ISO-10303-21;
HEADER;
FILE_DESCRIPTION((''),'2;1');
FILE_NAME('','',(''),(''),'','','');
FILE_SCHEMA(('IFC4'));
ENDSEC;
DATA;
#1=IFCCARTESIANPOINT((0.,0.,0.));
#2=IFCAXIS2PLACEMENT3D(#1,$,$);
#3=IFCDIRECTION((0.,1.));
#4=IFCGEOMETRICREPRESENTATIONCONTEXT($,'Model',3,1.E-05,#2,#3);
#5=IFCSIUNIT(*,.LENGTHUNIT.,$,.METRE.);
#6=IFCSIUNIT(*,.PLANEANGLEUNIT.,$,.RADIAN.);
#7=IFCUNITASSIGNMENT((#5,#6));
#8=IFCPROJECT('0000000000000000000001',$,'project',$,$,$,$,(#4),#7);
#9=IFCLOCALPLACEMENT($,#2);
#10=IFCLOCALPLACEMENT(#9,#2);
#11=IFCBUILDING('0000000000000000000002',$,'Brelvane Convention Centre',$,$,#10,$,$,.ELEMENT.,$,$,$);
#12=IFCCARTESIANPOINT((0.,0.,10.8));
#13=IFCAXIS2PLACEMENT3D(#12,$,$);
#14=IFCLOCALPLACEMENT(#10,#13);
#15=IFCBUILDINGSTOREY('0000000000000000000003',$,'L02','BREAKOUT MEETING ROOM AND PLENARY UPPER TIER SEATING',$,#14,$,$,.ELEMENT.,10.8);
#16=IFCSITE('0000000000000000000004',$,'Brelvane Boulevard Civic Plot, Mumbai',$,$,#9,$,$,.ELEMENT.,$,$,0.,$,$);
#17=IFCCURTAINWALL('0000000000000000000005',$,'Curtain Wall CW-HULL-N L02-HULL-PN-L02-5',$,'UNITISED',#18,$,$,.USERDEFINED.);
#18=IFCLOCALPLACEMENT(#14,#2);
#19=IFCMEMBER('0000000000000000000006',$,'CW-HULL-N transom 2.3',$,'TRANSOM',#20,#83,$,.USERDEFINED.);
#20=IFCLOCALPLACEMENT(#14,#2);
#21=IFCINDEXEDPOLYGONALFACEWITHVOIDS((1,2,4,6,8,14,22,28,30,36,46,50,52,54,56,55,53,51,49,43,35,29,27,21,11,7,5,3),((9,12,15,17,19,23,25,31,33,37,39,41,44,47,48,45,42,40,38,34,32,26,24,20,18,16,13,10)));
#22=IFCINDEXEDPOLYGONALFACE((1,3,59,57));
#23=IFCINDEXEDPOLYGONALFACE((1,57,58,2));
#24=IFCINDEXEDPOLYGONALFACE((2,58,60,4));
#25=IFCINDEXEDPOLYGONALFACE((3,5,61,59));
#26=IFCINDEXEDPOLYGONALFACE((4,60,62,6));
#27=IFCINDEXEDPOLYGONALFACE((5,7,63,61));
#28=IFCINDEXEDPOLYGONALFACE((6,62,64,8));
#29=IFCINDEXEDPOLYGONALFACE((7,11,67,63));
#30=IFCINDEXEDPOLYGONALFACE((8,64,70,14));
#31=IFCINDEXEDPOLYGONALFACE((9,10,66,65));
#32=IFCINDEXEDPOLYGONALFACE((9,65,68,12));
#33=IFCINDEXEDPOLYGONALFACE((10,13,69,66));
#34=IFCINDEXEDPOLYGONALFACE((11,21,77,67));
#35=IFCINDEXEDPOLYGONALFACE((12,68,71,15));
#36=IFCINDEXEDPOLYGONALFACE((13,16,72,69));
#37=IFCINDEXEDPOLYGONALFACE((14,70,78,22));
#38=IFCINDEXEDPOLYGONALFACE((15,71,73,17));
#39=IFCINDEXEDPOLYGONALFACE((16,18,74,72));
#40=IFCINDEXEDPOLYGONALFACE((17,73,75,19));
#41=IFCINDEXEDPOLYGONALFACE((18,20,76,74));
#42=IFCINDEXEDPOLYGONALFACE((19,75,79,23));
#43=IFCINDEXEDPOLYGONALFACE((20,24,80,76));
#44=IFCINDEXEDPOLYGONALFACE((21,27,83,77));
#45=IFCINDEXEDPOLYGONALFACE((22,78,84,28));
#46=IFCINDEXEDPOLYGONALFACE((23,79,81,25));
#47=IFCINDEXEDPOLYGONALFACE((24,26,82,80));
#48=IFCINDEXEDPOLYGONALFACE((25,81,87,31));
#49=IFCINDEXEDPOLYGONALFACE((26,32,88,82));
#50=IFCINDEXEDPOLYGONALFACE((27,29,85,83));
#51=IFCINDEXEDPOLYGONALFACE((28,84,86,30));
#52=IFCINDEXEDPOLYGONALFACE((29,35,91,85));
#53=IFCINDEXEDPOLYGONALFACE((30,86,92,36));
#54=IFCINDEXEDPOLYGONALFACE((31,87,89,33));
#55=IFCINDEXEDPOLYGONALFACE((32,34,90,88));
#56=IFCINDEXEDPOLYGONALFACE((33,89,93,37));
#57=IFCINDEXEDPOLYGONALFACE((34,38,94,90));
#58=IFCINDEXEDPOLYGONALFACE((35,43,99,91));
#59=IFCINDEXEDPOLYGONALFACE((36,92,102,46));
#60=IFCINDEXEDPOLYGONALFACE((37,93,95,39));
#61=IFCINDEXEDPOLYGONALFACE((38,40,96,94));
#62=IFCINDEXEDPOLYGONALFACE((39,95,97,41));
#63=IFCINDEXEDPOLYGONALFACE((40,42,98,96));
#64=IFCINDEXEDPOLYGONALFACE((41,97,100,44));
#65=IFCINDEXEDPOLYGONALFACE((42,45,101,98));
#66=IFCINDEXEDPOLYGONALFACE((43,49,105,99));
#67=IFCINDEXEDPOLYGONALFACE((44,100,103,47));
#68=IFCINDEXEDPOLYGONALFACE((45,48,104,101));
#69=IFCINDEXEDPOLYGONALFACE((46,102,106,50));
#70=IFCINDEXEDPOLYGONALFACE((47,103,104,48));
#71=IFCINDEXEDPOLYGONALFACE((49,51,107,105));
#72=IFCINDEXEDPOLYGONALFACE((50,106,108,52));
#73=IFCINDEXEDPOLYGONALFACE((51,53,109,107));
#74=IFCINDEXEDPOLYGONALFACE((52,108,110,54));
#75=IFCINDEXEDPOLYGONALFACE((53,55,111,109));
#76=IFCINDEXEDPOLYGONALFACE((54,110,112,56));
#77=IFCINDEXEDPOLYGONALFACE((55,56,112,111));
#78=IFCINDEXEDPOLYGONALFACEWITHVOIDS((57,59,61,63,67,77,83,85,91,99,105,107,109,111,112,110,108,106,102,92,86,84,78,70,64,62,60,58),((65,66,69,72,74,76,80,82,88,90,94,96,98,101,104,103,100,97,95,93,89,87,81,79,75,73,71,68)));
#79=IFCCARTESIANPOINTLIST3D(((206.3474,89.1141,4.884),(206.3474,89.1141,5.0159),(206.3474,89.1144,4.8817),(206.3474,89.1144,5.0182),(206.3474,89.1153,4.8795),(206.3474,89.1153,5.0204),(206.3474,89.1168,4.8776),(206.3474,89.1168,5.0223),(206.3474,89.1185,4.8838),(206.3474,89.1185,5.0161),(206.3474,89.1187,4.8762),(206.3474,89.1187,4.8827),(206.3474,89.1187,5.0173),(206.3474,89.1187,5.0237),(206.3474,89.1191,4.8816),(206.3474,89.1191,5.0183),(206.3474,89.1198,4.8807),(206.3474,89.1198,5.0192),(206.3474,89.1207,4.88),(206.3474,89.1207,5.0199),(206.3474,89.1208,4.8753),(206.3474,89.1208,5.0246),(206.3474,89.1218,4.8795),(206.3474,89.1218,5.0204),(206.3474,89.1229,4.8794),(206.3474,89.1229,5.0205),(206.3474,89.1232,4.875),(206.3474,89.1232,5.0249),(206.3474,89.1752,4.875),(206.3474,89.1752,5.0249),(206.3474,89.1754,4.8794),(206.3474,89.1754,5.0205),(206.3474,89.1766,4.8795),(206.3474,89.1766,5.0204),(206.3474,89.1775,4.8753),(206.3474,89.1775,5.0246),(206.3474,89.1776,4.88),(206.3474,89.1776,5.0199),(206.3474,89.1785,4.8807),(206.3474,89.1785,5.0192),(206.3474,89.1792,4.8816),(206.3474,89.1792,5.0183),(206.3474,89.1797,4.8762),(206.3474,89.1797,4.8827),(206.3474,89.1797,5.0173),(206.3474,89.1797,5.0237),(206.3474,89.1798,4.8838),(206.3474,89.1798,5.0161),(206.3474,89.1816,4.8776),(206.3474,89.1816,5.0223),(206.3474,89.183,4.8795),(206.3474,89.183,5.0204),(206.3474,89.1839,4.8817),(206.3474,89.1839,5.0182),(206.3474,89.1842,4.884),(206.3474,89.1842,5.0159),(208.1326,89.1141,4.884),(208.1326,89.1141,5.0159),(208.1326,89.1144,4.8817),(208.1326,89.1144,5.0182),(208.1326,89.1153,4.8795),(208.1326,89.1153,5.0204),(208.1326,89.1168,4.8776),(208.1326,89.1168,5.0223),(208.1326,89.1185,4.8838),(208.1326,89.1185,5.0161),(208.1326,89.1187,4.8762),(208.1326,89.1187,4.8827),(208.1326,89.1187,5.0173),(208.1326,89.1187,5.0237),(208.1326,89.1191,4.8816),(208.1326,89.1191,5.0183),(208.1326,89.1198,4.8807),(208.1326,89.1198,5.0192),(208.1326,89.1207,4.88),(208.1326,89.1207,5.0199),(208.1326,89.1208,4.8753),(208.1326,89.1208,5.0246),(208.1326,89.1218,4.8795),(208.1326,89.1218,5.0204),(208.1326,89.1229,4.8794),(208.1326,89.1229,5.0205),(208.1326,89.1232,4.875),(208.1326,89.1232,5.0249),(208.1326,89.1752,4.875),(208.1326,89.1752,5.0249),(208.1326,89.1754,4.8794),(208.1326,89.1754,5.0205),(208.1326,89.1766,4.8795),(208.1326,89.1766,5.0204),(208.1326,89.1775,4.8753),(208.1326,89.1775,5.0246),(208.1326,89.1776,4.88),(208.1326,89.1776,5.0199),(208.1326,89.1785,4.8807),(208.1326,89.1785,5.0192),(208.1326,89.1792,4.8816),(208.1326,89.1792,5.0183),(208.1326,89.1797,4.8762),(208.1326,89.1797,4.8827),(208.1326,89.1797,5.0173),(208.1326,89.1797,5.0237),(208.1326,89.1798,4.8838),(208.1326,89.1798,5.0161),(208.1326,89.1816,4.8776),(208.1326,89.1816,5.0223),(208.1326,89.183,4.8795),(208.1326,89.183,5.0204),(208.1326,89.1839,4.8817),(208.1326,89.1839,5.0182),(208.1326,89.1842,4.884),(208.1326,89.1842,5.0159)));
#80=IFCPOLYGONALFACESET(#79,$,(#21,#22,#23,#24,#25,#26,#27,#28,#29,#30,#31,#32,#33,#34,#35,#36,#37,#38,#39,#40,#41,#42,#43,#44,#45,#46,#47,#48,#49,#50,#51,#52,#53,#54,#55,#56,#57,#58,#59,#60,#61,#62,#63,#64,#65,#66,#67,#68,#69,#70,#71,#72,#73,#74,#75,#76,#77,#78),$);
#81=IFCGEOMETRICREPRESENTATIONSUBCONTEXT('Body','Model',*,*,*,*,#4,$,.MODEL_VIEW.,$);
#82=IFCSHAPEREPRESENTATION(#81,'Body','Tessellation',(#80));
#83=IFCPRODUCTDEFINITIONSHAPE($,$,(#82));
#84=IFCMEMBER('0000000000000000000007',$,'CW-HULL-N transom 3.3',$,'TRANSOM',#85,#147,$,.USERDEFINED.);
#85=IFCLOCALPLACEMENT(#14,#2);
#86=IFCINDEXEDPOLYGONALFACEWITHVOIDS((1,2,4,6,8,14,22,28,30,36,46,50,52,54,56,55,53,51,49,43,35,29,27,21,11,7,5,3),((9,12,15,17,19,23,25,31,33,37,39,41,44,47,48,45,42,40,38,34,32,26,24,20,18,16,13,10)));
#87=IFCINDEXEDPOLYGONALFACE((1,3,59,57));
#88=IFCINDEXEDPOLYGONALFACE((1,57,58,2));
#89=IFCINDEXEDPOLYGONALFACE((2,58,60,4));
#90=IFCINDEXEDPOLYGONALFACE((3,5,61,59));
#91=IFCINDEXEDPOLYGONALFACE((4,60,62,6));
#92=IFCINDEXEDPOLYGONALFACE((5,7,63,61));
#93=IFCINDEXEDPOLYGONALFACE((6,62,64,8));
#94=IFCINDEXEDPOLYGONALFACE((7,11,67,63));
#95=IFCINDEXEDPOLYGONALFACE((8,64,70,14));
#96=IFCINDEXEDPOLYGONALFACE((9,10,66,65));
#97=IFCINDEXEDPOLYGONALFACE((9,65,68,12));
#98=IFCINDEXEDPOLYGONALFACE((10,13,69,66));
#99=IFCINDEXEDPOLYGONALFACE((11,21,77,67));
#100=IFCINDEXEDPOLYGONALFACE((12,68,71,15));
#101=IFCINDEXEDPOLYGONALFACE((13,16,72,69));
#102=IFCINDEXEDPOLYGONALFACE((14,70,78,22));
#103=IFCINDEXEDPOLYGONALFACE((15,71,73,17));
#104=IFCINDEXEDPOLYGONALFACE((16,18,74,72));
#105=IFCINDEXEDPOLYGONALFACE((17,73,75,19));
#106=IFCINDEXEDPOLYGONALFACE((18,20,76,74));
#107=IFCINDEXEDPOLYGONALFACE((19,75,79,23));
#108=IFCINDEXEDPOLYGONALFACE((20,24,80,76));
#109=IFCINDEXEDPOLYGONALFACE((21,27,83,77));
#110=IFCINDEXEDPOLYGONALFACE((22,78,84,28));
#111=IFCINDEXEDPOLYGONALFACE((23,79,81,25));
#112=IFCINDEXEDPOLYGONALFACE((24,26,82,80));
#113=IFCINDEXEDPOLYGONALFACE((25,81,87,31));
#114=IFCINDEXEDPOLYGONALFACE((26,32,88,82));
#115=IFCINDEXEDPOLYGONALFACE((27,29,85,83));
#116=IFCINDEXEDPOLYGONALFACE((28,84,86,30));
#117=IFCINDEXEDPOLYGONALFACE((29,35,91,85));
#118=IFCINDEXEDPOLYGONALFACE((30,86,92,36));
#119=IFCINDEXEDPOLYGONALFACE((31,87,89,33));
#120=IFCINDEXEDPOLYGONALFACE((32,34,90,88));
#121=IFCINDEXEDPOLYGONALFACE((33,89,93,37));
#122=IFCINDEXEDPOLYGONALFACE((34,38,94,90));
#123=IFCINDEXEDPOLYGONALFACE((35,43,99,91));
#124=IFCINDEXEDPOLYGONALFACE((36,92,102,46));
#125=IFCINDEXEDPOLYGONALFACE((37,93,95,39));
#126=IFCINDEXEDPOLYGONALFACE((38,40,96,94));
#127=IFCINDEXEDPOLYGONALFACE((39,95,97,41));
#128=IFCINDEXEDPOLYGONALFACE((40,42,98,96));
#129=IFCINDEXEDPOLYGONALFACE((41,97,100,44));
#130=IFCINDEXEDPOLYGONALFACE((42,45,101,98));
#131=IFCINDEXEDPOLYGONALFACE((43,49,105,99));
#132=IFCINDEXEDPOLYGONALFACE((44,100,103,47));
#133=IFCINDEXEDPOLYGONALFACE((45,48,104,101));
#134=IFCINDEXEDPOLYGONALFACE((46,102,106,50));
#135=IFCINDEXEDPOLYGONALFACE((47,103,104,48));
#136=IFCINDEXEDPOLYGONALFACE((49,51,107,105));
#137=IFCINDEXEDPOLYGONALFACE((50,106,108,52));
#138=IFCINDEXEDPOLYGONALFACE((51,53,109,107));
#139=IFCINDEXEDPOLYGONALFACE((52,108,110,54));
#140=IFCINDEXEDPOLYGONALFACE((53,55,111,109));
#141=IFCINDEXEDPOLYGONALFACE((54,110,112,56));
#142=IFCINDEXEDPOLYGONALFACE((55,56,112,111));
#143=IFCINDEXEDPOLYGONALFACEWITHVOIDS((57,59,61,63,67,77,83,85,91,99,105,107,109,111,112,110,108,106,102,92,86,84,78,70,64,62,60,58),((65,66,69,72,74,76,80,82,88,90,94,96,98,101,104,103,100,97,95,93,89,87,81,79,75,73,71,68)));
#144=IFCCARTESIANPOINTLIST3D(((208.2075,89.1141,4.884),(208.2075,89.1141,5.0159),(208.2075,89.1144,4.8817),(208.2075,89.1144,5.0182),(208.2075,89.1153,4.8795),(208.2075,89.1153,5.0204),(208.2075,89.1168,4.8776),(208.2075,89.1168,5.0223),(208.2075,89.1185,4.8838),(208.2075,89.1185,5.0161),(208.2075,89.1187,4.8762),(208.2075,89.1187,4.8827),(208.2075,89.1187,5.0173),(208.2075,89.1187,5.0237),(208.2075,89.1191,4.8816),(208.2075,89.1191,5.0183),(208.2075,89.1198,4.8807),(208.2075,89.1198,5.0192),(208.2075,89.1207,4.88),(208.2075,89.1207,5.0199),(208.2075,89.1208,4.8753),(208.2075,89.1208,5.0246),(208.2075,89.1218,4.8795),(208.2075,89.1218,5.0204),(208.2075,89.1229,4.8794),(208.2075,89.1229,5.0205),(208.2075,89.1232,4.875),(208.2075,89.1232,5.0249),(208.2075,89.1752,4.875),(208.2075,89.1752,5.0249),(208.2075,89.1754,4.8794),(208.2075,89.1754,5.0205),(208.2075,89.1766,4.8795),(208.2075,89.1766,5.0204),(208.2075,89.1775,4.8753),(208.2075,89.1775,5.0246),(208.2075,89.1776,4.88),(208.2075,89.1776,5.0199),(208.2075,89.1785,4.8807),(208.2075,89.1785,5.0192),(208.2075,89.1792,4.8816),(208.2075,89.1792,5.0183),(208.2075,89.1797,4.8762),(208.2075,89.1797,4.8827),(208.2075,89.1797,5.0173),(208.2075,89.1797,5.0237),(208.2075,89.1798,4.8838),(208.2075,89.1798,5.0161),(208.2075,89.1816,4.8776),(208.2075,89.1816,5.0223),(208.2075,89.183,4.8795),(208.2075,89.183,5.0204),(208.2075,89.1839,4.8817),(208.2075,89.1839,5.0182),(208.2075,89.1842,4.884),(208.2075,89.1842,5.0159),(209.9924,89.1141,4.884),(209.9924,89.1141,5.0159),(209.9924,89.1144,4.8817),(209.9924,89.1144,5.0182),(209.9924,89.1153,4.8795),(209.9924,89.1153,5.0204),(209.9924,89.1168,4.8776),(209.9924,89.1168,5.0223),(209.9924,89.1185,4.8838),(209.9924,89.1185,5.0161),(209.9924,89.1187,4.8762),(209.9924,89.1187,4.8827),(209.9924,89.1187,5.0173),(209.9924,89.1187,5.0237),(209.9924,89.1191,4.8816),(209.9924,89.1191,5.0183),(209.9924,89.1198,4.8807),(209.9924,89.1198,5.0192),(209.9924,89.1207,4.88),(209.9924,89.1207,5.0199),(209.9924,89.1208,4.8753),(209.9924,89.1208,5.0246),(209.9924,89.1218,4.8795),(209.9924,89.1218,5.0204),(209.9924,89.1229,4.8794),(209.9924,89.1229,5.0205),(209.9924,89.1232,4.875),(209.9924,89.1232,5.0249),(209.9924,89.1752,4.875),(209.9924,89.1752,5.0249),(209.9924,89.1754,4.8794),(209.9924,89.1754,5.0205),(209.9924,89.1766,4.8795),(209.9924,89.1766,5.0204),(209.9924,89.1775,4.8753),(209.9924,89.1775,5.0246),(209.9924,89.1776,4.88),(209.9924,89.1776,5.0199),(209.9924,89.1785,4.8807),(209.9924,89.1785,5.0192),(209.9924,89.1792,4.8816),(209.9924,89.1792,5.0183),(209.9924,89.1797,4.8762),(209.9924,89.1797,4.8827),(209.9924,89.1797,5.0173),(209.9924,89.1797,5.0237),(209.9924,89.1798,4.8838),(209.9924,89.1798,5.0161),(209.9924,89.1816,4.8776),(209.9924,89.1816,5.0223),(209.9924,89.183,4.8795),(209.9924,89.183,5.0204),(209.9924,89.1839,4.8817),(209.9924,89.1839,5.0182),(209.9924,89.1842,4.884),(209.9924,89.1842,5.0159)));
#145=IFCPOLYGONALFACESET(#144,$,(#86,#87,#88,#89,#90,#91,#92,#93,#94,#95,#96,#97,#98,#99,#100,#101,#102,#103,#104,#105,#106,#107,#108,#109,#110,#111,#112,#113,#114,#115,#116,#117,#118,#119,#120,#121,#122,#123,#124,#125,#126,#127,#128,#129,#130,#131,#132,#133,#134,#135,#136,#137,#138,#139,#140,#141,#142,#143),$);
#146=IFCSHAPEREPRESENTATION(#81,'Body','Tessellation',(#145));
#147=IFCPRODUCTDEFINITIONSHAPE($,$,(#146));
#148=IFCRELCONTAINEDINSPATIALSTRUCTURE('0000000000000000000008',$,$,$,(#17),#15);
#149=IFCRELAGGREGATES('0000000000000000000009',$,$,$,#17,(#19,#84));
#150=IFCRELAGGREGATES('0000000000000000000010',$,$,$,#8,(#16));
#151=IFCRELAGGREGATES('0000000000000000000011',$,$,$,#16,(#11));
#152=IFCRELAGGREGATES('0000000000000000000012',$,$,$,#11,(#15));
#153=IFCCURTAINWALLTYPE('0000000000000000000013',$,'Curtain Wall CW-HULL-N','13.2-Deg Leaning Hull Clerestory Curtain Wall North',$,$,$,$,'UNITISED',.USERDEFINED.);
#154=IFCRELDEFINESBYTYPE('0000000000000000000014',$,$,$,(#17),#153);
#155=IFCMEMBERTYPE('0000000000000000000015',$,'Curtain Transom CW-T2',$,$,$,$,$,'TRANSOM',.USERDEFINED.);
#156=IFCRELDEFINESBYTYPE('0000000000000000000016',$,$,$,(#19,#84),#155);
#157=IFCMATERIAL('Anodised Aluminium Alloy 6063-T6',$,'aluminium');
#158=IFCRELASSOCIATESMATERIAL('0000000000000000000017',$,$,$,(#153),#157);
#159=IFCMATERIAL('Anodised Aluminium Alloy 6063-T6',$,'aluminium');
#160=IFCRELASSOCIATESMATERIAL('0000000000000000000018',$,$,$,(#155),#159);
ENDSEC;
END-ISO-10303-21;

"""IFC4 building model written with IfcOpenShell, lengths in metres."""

from ifc_helpers import new_model, si_unit, direction, frame, origin, origin_2d, place, context, subcontext, project, spatial, hollow_rectangle, extrude, material, material_profile, profile_set, type_object, element, aggregate, save


model = new_model("IFC4")

# Units and contexts
model_context = context("Model", 3, precision=1e-05, world=origin(), true_north=direction((0.0, 1.0)))
body_context = subcontext(model_context, "Body", "Model", "MODEL_VIEW")
ifc_project = project(units=[si_unit("LENGTHUNIT", "METRE"), si_unit("PLANEANGLEUNIT", "RADIAN")], contexts=[model_context])

# Site, building, storey
site_placement = place(None, origin())
site = spatial("IfcSite", under=ifc_project, at=site_placement, Name="Brelvane Boulevard Civic Plot, Mumbai", CompositionType="ELEMENT", RefElevation=0.0)
building_placement = place(site_placement, origin())
building = spatial("IfcBuilding", under=site, at=building_placement, Name="Brelvane Convention Centre", CompositionType="ELEMENT")
storey_placement = place(building_placement, frame((0.0, 0.0, 10.8)))
storey = spatial("IfcBuildingStorey", under=building, at=storey_placement, Name="L02", Description="BREAKOUT MEETING ROOM AND PLENARY UPPER TIER SEATING", CompositionType="ELEMENT", Elevation=10.8)

# Curtain wall, members
ifc_material_1 = material(Name="Anodised Aluminium Alloy 6063-T6", Category="aluminium")
curtain_wall_type = type_object("IfcCurtainWallType", Name="Curtain Wall CW-HULL-N", Description="13.2-Deg Leaning Hull Clerestory Curtain Wall North", ElementType="UNITISED", PredefinedType="USERDEFINED", material=ifc_material_1)
ifc_material_2 = material(Name="Anodised Aluminium Alloy 6063-T6", Category="aluminium")
ifc_material_profile = material_profile(ifc_material_2, hollow_rectangle(XDim=0.0701, YDim=0.1499, WallThickness=0.0044, InnerFilletRadius=0.0044, OuterFilletRadius=0.009, at=origin_2d()), Name="ALU-T 150x70x4.5")
ifc_profile_set = profile_set([ifc_material_profile], Name="Anodised Aluminium Alloy 6063-T6")
member_type = type_object("IfcMemberType", Name="Curtain Transom CW-T2", ElementType="TRANSOM", PredefinedType="USERDEFINED", material=ifc_profile_set)
curtain_wall_1_placement = place(storey_placement, origin())
curtain_wall_1 = element("IfcCurtainWall", 1, at=curtain_wall_1_placement, inside=storey, type_object=curtain_wall_type, Name="Curtain Wall CW-HULL-N L02-HULL-PN-L02-5", ObjectType="UNITISED", PredefinedType="USERDEFINED")
member_1_placement = place(storey_placement, frame((206.3474, 89.1492, 4.95), z_axis=(1.0, 0.0, 0.0), x_axis=(0.0, 1.0, 0.0)))
member_1 = element("IfcMember", 2, at=member_1_placement, type_object=member_type, Name="CW-HULL-N transom 2.3", ObjectType="TRANSOM", PredefinedType="USERDEFINED", context=body_context, shape_type="SweptSolid", body=[
    extrude(hollow_rectangle(XDim=0.0701, YDim=0.1499, WallThickness=0.0044, InnerFilletRadius=0.0044, OuterFilletRadius=0.009, at=origin_2d()), origin(), (0.0, 0.0, 1.0), 1.7852),
])
member_2_placement = place(storey_placement, frame((208.2075, 89.1492, 4.95), z_axis=(1.0, 0.0, 0.0), x_axis=(0.0, 1.0, 0.0)))
member_2 = element("IfcMember", 3, at=member_2_placement, type_object=member_type, Name="CW-HULL-N transom 3.3", ObjectType="TRANSOM", PredefinedType="USERDEFINED", context=body_context, shape_type="SweptSolid", body=[
    extrude(hollow_rectangle(XDim=0.0701, YDim=0.1499, WallThickness=0.0044, InnerFilletRadius=0.0044, OuterFilletRadius=0.009, at=origin_2d()), origin(), (0.0, 0.0, 1.0), 1.7849),
])

aggregate(curtain_wall_1, [member_1, member_2])

save(model, "model.ifc")
